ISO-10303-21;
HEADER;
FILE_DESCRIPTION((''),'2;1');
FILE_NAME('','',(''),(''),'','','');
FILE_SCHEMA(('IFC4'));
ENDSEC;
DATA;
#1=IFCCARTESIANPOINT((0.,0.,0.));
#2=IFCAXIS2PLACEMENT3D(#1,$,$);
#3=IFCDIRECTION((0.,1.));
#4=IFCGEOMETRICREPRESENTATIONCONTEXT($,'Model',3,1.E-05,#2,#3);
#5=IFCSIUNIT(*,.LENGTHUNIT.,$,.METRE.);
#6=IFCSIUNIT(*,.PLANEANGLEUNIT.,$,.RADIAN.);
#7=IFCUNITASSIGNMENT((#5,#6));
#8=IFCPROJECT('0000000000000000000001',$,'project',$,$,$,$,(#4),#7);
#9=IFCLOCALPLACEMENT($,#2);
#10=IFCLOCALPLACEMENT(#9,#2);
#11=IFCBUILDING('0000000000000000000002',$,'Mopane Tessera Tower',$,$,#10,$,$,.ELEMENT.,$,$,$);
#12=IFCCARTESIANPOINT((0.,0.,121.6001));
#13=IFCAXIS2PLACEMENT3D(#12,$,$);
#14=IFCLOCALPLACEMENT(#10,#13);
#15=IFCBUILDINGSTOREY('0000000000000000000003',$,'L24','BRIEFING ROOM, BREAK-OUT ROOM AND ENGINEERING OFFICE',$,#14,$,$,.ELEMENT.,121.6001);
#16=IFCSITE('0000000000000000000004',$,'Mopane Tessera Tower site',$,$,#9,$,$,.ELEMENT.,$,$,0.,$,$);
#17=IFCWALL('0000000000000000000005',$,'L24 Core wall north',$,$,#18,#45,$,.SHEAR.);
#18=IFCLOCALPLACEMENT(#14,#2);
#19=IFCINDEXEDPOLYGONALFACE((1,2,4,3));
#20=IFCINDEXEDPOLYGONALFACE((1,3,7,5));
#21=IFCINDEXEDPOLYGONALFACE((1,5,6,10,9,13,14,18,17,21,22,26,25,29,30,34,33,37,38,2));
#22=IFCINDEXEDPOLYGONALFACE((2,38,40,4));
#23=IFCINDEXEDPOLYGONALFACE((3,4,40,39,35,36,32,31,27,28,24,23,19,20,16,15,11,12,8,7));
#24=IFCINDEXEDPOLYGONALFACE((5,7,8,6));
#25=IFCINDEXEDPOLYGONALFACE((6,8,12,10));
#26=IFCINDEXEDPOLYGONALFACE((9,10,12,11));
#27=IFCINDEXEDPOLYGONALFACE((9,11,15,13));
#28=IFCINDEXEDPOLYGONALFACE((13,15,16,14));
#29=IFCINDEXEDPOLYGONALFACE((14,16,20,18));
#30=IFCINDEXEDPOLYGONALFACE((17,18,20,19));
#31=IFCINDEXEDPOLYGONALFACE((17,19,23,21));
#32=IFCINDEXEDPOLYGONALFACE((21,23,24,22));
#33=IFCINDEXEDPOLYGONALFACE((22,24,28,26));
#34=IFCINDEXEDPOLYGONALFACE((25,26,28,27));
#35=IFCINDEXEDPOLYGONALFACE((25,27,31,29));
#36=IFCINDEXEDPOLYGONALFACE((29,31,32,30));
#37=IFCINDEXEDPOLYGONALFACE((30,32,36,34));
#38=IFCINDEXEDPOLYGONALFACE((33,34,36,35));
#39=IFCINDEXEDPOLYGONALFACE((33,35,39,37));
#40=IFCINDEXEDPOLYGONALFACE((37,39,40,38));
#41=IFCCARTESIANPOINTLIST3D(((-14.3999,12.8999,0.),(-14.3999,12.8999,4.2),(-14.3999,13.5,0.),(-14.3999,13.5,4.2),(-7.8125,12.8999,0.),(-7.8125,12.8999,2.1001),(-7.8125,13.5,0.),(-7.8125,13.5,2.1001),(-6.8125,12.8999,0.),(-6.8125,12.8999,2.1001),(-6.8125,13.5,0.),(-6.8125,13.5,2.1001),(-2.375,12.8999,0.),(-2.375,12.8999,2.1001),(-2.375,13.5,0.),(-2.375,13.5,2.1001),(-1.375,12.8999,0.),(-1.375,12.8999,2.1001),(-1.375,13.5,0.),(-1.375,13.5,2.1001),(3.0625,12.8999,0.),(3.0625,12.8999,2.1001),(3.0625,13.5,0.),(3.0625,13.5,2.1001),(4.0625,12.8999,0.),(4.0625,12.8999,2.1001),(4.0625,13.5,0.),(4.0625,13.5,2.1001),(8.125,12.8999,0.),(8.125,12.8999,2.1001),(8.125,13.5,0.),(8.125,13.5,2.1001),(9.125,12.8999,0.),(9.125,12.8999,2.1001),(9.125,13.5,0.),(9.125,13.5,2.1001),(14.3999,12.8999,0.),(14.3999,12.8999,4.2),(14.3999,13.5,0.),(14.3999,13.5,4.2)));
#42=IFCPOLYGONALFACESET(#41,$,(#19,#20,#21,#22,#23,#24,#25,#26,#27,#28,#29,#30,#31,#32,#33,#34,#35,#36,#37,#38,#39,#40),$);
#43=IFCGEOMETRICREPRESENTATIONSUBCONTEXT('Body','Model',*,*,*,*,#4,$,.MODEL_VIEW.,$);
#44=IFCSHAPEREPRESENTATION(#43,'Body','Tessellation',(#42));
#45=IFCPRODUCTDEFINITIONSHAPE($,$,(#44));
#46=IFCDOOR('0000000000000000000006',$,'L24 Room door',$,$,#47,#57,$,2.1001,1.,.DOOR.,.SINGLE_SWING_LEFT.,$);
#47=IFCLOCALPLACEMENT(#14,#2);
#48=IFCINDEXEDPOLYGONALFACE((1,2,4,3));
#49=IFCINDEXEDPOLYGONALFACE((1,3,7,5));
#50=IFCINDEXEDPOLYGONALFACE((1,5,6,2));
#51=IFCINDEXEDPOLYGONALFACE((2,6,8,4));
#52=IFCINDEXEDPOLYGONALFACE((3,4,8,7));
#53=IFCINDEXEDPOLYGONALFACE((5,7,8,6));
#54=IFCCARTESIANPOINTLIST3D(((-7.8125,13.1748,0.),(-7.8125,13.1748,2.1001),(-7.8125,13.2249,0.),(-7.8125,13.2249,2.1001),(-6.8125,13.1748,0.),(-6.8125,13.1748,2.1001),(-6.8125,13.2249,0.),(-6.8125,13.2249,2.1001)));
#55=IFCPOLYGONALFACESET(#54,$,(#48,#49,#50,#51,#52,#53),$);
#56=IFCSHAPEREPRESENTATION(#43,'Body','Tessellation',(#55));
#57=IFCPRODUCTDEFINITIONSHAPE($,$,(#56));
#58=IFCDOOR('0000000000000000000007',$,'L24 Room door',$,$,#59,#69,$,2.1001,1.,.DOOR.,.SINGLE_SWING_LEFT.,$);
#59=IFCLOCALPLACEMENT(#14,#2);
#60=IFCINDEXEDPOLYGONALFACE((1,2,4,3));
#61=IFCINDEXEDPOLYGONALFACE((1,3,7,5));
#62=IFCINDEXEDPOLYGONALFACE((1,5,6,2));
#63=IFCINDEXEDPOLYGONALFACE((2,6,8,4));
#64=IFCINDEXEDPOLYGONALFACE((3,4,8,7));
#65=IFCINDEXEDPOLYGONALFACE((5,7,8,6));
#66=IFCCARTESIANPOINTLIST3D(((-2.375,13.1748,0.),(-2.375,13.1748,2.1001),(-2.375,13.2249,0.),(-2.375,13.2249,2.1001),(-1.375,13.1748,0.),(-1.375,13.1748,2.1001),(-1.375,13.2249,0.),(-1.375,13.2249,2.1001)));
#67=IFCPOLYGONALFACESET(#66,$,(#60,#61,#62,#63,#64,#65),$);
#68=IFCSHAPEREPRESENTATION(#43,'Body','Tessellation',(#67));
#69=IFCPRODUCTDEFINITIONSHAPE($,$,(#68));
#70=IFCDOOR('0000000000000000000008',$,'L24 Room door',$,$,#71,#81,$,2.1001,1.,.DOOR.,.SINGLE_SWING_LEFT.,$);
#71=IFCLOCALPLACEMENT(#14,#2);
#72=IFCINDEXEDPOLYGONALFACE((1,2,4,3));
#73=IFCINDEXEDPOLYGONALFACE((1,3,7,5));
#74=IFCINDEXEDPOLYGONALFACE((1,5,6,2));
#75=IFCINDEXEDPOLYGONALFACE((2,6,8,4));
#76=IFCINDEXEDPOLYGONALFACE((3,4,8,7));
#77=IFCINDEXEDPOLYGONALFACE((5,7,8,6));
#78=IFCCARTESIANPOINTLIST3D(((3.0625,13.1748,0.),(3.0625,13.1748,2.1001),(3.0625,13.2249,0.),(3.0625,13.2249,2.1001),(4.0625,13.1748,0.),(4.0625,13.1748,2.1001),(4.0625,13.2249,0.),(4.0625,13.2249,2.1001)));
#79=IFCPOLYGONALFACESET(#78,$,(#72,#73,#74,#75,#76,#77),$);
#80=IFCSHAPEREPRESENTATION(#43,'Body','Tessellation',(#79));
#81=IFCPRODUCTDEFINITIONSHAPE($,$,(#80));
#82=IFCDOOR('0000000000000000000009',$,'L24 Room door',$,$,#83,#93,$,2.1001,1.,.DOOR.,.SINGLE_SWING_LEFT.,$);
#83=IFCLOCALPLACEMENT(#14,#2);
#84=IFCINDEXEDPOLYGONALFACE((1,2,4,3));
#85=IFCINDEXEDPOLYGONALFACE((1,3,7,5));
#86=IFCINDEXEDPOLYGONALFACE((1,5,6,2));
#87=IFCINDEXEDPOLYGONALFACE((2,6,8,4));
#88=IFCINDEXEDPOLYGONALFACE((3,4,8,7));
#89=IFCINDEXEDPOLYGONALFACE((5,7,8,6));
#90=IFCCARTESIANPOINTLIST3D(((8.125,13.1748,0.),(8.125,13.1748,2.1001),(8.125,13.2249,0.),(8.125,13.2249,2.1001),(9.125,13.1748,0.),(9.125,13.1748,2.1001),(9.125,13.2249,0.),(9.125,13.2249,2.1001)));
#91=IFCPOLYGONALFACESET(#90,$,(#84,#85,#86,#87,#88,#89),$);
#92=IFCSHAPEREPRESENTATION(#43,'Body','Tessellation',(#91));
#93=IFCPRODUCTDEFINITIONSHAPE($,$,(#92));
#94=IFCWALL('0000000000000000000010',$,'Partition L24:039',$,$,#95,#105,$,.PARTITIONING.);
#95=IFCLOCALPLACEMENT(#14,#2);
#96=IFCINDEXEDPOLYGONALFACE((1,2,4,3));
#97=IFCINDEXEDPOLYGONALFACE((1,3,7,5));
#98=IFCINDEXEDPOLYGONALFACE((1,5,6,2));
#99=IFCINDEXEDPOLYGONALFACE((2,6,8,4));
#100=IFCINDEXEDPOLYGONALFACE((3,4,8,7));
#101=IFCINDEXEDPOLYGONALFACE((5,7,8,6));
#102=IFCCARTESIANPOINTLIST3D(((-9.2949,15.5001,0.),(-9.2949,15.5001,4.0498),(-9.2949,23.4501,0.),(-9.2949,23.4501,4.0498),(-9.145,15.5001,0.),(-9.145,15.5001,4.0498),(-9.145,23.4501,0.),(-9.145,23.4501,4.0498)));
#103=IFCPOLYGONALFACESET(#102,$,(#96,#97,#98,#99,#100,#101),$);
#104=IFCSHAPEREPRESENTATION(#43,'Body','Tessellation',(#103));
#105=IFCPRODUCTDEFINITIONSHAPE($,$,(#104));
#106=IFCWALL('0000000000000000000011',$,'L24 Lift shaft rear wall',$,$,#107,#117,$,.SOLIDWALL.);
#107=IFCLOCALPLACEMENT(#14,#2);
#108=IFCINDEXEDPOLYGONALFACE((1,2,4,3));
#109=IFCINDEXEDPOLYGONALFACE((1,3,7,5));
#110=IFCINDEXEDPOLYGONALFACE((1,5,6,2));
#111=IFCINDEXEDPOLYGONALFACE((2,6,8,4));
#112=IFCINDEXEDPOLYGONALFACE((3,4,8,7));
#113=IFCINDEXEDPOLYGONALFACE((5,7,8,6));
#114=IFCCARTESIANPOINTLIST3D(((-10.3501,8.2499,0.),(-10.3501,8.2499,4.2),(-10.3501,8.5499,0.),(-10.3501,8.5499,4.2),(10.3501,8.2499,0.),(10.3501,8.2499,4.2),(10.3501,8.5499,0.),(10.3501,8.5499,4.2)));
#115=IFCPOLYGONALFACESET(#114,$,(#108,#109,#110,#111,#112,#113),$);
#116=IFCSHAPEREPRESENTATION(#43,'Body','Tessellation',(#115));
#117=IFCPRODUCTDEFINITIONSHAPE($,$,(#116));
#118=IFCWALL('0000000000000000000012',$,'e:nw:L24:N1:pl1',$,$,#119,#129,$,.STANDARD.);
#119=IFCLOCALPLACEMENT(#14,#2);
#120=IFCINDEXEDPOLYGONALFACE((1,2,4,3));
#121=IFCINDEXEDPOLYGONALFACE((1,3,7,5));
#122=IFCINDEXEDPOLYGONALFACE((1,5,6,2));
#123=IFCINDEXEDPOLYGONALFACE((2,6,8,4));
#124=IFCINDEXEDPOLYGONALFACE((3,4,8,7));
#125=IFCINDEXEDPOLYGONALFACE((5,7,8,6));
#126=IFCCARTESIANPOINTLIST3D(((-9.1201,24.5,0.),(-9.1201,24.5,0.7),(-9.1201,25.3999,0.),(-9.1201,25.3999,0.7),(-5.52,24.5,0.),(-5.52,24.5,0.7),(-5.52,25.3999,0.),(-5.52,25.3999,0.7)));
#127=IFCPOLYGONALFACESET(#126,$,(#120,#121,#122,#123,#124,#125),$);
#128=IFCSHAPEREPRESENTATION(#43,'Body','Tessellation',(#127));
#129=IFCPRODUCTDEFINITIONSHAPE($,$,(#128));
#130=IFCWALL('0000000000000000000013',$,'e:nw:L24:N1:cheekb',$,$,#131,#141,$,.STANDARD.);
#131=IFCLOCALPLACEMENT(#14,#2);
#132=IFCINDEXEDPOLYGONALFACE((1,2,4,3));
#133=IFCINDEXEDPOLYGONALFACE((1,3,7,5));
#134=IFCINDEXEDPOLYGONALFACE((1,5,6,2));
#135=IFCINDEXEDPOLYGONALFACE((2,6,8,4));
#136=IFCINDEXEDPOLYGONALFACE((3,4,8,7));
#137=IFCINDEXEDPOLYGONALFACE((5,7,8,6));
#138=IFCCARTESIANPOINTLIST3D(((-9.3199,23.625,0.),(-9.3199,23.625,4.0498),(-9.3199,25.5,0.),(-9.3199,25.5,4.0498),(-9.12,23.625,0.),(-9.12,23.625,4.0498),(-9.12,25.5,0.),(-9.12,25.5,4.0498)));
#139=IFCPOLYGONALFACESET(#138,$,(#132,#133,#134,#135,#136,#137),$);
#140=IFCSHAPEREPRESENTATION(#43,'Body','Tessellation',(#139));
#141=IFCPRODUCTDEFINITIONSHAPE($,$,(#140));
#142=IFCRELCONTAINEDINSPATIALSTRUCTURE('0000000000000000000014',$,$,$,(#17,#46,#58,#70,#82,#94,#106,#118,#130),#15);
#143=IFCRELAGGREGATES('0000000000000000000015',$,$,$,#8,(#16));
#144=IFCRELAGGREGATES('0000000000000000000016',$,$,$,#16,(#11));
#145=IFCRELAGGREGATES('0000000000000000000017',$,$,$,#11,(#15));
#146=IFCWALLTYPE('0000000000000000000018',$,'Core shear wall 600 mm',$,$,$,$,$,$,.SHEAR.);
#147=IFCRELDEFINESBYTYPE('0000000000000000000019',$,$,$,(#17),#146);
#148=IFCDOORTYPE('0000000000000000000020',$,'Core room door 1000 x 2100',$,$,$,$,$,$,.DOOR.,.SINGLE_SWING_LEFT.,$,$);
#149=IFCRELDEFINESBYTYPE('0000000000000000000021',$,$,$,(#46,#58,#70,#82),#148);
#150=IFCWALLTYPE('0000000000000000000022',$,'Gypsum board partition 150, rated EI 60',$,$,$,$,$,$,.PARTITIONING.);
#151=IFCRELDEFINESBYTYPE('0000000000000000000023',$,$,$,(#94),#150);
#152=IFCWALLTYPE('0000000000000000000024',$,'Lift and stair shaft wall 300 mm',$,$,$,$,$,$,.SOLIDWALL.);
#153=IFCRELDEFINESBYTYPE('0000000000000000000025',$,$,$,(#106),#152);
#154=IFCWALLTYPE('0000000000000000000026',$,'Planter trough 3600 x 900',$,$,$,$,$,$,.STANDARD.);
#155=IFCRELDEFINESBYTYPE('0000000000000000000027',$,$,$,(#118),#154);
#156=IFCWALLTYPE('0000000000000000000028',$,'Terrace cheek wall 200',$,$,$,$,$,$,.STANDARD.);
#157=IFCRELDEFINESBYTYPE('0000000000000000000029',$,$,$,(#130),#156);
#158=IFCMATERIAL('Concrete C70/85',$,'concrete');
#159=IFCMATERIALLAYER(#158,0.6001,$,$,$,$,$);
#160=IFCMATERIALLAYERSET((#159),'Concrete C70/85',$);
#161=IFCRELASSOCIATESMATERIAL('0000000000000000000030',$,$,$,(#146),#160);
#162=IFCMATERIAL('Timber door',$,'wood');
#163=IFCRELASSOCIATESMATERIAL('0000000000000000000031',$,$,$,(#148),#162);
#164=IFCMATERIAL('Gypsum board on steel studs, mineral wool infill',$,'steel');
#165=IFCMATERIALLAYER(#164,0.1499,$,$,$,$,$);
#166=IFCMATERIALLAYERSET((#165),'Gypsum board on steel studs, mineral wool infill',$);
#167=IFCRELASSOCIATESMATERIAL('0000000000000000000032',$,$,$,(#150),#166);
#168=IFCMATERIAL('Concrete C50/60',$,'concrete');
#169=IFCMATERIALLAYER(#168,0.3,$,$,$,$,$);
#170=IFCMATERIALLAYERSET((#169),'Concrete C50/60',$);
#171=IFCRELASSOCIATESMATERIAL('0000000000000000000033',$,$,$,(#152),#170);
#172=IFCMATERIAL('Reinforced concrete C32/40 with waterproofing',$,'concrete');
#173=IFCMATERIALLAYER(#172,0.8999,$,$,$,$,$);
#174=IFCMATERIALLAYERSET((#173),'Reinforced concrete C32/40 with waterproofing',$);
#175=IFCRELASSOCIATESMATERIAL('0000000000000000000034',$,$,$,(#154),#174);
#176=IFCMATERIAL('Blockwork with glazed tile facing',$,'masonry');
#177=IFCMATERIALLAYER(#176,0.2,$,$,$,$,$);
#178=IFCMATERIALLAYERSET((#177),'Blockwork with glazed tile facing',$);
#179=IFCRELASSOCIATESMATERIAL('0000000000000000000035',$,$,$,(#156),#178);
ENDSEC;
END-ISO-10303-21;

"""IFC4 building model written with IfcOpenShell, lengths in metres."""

from ifc_helpers import new_model, si_unit, direction, frame, frame_2d, origin, place, context, subcontext, project, spatial, rectangle, extrude, material, layer, layer_set, type_object, element, fill, save


model = new_model("IFC4")

# Units and contexts
model_context = context("Model", 3, precision=1e-05, world=origin(), true_north=direction((0.0, 1.0)))
body_context = subcontext(model_context, "Body", "Model", "MODEL_VIEW")
ifc_project = project(units=[si_unit("LENGTHUNIT", "METRE"), si_unit("PLANEANGLEUNIT", "RADIAN")], contexts=[model_context])

# Site, building, storey
site_placement = place(None, origin())
site = spatial("IfcSite", under=ifc_project, at=site_placement, Name="Mopane Tessera Tower site", CompositionType="ELEMENT", RefElevation=0.0)
building_placement = place(site_placement, origin())
building = spatial("IfcBuilding", under=site, at=building_placement, Name="Mopane Tessera Tower", CompositionType="ELEMENT")
storey_placement = place(building_placement, frame((0.0, 0.0, 121.6001)))
storey = spatial("IfcBuildingStorey", under=building, at=storey_placement, Name="L24", Description="BRIEFING ROOM, BREAK-OUT ROOM AND ENGINEERING OFFICE", CompositionType="ELEMENT", Elevation=121.6001)

# Wall, openings, doors
ifc_material_1 = material(Name="Concrete C70/85", Category="concrete")
ifc_layer_1 = layer(ifc_material_1, 0.6001)
ifc_layer_set_1 = layer_set([ifc_layer_1], Name="Concrete C70/85")
wall_type_1 = type_object("IfcWallType", Name="Core shear wall 600 mm", PredefinedType="SHEAR", material=ifc_layer_set_1)
wall_1_placement = place(storey_placement, frame((-14.3999, 13.2, 0.0), z_axis=(0.0, 0.0, 1.0), x_axis=(1.0, 0.0, 0.0)))
wall_1 = element("IfcWall", 1, at=wall_1_placement, inside=storey, type_object=wall_type_1, Name="L24 Core wall north", PredefinedType="SHEAR", context=body_context, shape_type="SweptSolid", body=[
    extrude(rectangle(XDim=28.7998, YDim=0.6001, at=frame_2d((14.3999, 0.0))), origin(), (0.0, 0.0, 1.0), 4.2),
])
opening_1_placement = place(wall_1_placement, frame((6.5874, 0.0, 0.0)))
opening_1 = element("IfcOpeningElement", 2, at=opening_1_placement, cuts=wall_1, PredefinedType="OPENING", context=body_context, shape_type="SweptSolid", body=[
    extrude(rectangle(XDim=1.0, YDim=2.1001, at=frame_2d((0.5, 1.05))), frame((0.0, 0.312, 0.0), z_axis=(0.0, -1.0, 0.0), x_axis=(1.0, 0.0, 0.0)), (0.0, 0.0, 1.0), 0.624),
])
opening_2_placement = place(wall_1_placement, frame((12.0249, 0.0, 0.0)))
opening_2 = element("IfcOpeningElement", 3, at=opening_2_placement, cuts=wall_1, PredefinedType="OPENING", context=body_context, shape_type="SweptSolid", body=[
    extrude(rectangle(XDim=1.0, YDim=2.1001, at=frame_2d((0.5, 1.05))), frame((0.0, 0.312, 0.0), z_axis=(0.0, -1.0, 0.0), x_axis=(1.0, 0.0, 0.0)), (0.0, 0.0, 1.0), 0.624),
])
opening_3_placement = place(wall_1_placement, frame((17.4624, 0.0, 0.0)))
opening_3 = element("IfcOpeningElement", 4, at=opening_3_placement, cuts=wall_1, PredefinedType="OPENING", context=body_context, shape_type="SweptSolid", body=[
    extrude(rectangle(XDim=1.0, YDim=2.1001, at=frame_2d((0.5, 1.05))), frame((0.0, 0.312, 0.0), z_axis=(0.0, -1.0, 0.0), x_axis=(1.0, 0.0, 0.0)), (0.0, 0.0, 1.0), 0.624),
])
opening_4_placement = place(wall_1_placement, frame((22.5249, 0.0, 0.0)))
opening_4 = element("IfcOpeningElement", 5, at=opening_4_placement, cuts=wall_1, PredefinedType="OPENING", context=body_context, shape_type="SweptSolid", body=[
    extrude(rectangle(XDim=1.0, YDim=2.1001, at=frame_2d((0.5, 1.05))), frame((0.0, 0.312, 0.0), z_axis=(0.0, -1.0, 0.0), x_axis=(1.0, 0.0, 0.0)), (0.0, 0.0, 1.0), 0.624),
])
ifc_material_2 = material(Name="Timber door", Category="wood")
door_type = type_object("IfcDoorType", Name="Core room door 1000 x 2100", OperationType="SINGLE_SWING_LEFT", PredefinedType="DOOR", material=ifc_material_2)
door_1_placement = place(opening_1_placement, origin())
door_1 = element("IfcDoor", 6, at=door_1_placement, inside=storey, type_object=door_type, Name="L24 Room door", OperationType="SINGLE_SWING_LEFT", OverallHeight=2.1001, OverallWidth=1.0, PredefinedType="DOOR", context=body_context, shape_type="SweptSolid", body=[
    extrude(rectangle(XDim=1.0, YDim=2.1001, at=frame_2d((0.5, 1.05))), frame((0.0, 0.0249, 0.0), z_axis=(0.0, -1.0, 0.0), x_axis=(1.0, 0.0, 0.0)), (0.0, 0.0, 1.0), 0.05),
])
fill(opening_1, door_1)
door_2_placement = place(opening_2_placement, origin())
door_2 = element("IfcDoor", 7, at=door_2_placement, inside=storey, type_object=door_type, Name="L24 Room door", OperationType="SINGLE_SWING_LEFT", OverallHeight=2.1001, OverallWidth=1.0, PredefinedType="DOOR", context=body_context, shape_type="SweptSolid", body=[
    extrude(rectangle(XDim=1.0, YDim=2.1001, at=frame_2d((0.5, 1.05))), frame((0.0, 0.0249, 0.0), z_axis=(0.0, -1.0, 0.0), x_axis=(1.0, 0.0, 0.0)), (0.0, 0.0, 1.0), 0.05),
])
fill(opening_2, door_2)
door_3_placement = place(opening_3_placement, origin())
door_3 = element("IfcDoor", 8, at=door_3_placement, inside=storey, type_object=door_type, Name="L24 Room door", OperationType="SINGLE_SWING_LEFT", OverallHeight=2.1001, OverallWidth=1.0, PredefinedType="DOOR", context=body_context, shape_type="SweptSolid", body=[
    extrude(rectangle(XDim=1.0, YDim=2.1001, at=frame_2d((0.5, 1.05))), frame((0.0, 0.0249, 0.0), z_axis=(0.0, -1.0, 0.0), x_axis=(1.0, 0.0, 0.0)), (0.0, 0.0, 1.0), 0.05),
])
fill(opening_3, door_3)
door_4_placement = place(opening_4_placement, origin())
door_4 = element("IfcDoor", 9, at=door_4_placement, inside=storey, type_object=door_type, Name="L24 Room door", OperationType="SINGLE_SWING_LEFT", OverallHeight=2.1001, OverallWidth=1.0, PredefinedType="DOOR", context=body_context, shape_type="SweptSolid", body=[
    extrude(rectangle(XDim=1.0, YDim=2.1001, at=frame_2d((0.5, 1.05))), frame((0.0, 0.0249, 0.0), z_axis=(0.0, -1.0, 0.0), x_axis=(1.0, 0.0, 0.0)), (0.0, 0.0, 1.0), 0.05),
])
fill(opening_4, door_4)

# Walls
ifc_material_3 = material(Name="Gypsum board on steel studs, mineral wool infill", Category="steel")
ifc_layer_2 = layer(ifc_material_3, 0.1499)
ifc_layer_set_2 = layer_set([ifc_layer_2], Name="Gypsum board on steel studs, mineral wool infill")
wall_type_2 = type_object("IfcWallType", Name="Gypsum board partition 150, rated EI 60", PredefinedType="PARTITIONING", material=ifc_layer_set_2)
wall_2_placement = place(storey_placement, frame((-9.22, 15.5, 0.0), z_axis=(0.0, 0.0, 1.0), x_axis=(0.0, 1.0, 0.0)))
element("IfcWall", 10, at=wall_2_placement, inside=storey, type_object=wall_type_2, Name="Partition L24:039", PredefinedType="PARTITIONING", context=body_context, shape_type="SweptSolid", body=[
    extrude(rectangle(XDim=7.95, YDim=0.1499, at=frame_2d((3.9751, 0.0))), origin(), (0.0, 0.0, 1.0), 4.0498),
])
ifc_material_4 = material(Name="Concrete C50/60", Category="concrete")
ifc_layer_3 = layer(ifc_material_4, 0.3)
ifc_layer_set_3 = layer_set([ifc_layer_3], Name="Concrete C50/60")
wall_type_3 = type_object("IfcWallType", Name="Lift and stair shaft wall 300 mm", PredefinedType="SOLIDWALL", material=ifc_layer_set_3)
wall_3_placement = place(storey_placement, frame((-10.3501, 8.3999, 0.0), z_axis=(0.0, 0.0, 1.0), x_axis=(1.0, 0.0, 0.0)))
element("IfcWall", 11, at=wall_3_placement, inside=storey, type_object=wall_type_3, Name="L24 Lift shaft rear wall", PredefinedType="SOLIDWALL", context=body_context, shape_type="SweptSolid", body=[
    extrude(rectangle(XDim=20.7002, YDim=0.3, at=frame_2d((10.3501, 0.0))), origin(), (0.0, 0.0, 1.0), 4.2),
])
ifc_material_5 = material(Name="Reinforced concrete C32/40 with waterproofing", Category="concrete")
ifc_layer_4 = layer(ifc_material_5, 0.8999)
ifc_layer_set_4 = layer_set([ifc_layer_4], Name="Reinforced concrete C32/40 with waterproofing")
wall_type_4 = type_object("IfcWallType", Name="Planter trough 3600 x 900", PredefinedType="STANDARD", material=ifc_layer_set_4)
wall_4_placement = place(storey_placement, frame((-5.52, 24.95, 0.0), z_axis=(0.0, 0.0, 1.0), x_axis=(-1.0, 0.0, 0.0)))
element("IfcWall", 12, at=wall_4_placement, inside=storey, type_object=wall_type_4, Name="e:nw:L24:N1:pl1", PredefinedType="STANDARD", context=body_context, shape_type="SweptSolid", body=[
    extrude(rectangle(XDim=3.6001, YDim=0.8999, at=frame_2d((1.8, 0.0))), origin(), (0.0, 0.0, 1.0), 0.7),
])
ifc_material_6 = material(Name="Blockwork with glazed tile facing", Category="masonry")
ifc_layer_5 = layer(ifc_material_6, 0.2)
ifc_layer_set_5 = layer_set([ifc_layer_5], Name="Blockwork with glazed tile facing")
wall_type_5 = type_object("IfcWallType", Name="Terrace cheek wall 200", PredefinedType="STANDARD", material=ifc_layer_set_5)
wall_5_placement = place(storey_placement, frame((-9.22, 25.5, 0.0), z_axis=(0.0, 0.0, 1.0), x_axis=(0.0, -1.0, 0.0)))
element("IfcWall", 13, at=wall_5_placement, inside=storey, type_object=wall_type_5, Name="e:nw:L24:N1:cheekb", PredefinedType="STANDARD", context=body_context, shape_type="SweptSolid", body=[
    extrude(rectangle(XDim=1.875, YDim=0.2, at=frame_2d((0.9375, 0.0))), origin(), (0.0, 0.0, 1.0), 4.0498),
])

save(model, "model.ifc")
